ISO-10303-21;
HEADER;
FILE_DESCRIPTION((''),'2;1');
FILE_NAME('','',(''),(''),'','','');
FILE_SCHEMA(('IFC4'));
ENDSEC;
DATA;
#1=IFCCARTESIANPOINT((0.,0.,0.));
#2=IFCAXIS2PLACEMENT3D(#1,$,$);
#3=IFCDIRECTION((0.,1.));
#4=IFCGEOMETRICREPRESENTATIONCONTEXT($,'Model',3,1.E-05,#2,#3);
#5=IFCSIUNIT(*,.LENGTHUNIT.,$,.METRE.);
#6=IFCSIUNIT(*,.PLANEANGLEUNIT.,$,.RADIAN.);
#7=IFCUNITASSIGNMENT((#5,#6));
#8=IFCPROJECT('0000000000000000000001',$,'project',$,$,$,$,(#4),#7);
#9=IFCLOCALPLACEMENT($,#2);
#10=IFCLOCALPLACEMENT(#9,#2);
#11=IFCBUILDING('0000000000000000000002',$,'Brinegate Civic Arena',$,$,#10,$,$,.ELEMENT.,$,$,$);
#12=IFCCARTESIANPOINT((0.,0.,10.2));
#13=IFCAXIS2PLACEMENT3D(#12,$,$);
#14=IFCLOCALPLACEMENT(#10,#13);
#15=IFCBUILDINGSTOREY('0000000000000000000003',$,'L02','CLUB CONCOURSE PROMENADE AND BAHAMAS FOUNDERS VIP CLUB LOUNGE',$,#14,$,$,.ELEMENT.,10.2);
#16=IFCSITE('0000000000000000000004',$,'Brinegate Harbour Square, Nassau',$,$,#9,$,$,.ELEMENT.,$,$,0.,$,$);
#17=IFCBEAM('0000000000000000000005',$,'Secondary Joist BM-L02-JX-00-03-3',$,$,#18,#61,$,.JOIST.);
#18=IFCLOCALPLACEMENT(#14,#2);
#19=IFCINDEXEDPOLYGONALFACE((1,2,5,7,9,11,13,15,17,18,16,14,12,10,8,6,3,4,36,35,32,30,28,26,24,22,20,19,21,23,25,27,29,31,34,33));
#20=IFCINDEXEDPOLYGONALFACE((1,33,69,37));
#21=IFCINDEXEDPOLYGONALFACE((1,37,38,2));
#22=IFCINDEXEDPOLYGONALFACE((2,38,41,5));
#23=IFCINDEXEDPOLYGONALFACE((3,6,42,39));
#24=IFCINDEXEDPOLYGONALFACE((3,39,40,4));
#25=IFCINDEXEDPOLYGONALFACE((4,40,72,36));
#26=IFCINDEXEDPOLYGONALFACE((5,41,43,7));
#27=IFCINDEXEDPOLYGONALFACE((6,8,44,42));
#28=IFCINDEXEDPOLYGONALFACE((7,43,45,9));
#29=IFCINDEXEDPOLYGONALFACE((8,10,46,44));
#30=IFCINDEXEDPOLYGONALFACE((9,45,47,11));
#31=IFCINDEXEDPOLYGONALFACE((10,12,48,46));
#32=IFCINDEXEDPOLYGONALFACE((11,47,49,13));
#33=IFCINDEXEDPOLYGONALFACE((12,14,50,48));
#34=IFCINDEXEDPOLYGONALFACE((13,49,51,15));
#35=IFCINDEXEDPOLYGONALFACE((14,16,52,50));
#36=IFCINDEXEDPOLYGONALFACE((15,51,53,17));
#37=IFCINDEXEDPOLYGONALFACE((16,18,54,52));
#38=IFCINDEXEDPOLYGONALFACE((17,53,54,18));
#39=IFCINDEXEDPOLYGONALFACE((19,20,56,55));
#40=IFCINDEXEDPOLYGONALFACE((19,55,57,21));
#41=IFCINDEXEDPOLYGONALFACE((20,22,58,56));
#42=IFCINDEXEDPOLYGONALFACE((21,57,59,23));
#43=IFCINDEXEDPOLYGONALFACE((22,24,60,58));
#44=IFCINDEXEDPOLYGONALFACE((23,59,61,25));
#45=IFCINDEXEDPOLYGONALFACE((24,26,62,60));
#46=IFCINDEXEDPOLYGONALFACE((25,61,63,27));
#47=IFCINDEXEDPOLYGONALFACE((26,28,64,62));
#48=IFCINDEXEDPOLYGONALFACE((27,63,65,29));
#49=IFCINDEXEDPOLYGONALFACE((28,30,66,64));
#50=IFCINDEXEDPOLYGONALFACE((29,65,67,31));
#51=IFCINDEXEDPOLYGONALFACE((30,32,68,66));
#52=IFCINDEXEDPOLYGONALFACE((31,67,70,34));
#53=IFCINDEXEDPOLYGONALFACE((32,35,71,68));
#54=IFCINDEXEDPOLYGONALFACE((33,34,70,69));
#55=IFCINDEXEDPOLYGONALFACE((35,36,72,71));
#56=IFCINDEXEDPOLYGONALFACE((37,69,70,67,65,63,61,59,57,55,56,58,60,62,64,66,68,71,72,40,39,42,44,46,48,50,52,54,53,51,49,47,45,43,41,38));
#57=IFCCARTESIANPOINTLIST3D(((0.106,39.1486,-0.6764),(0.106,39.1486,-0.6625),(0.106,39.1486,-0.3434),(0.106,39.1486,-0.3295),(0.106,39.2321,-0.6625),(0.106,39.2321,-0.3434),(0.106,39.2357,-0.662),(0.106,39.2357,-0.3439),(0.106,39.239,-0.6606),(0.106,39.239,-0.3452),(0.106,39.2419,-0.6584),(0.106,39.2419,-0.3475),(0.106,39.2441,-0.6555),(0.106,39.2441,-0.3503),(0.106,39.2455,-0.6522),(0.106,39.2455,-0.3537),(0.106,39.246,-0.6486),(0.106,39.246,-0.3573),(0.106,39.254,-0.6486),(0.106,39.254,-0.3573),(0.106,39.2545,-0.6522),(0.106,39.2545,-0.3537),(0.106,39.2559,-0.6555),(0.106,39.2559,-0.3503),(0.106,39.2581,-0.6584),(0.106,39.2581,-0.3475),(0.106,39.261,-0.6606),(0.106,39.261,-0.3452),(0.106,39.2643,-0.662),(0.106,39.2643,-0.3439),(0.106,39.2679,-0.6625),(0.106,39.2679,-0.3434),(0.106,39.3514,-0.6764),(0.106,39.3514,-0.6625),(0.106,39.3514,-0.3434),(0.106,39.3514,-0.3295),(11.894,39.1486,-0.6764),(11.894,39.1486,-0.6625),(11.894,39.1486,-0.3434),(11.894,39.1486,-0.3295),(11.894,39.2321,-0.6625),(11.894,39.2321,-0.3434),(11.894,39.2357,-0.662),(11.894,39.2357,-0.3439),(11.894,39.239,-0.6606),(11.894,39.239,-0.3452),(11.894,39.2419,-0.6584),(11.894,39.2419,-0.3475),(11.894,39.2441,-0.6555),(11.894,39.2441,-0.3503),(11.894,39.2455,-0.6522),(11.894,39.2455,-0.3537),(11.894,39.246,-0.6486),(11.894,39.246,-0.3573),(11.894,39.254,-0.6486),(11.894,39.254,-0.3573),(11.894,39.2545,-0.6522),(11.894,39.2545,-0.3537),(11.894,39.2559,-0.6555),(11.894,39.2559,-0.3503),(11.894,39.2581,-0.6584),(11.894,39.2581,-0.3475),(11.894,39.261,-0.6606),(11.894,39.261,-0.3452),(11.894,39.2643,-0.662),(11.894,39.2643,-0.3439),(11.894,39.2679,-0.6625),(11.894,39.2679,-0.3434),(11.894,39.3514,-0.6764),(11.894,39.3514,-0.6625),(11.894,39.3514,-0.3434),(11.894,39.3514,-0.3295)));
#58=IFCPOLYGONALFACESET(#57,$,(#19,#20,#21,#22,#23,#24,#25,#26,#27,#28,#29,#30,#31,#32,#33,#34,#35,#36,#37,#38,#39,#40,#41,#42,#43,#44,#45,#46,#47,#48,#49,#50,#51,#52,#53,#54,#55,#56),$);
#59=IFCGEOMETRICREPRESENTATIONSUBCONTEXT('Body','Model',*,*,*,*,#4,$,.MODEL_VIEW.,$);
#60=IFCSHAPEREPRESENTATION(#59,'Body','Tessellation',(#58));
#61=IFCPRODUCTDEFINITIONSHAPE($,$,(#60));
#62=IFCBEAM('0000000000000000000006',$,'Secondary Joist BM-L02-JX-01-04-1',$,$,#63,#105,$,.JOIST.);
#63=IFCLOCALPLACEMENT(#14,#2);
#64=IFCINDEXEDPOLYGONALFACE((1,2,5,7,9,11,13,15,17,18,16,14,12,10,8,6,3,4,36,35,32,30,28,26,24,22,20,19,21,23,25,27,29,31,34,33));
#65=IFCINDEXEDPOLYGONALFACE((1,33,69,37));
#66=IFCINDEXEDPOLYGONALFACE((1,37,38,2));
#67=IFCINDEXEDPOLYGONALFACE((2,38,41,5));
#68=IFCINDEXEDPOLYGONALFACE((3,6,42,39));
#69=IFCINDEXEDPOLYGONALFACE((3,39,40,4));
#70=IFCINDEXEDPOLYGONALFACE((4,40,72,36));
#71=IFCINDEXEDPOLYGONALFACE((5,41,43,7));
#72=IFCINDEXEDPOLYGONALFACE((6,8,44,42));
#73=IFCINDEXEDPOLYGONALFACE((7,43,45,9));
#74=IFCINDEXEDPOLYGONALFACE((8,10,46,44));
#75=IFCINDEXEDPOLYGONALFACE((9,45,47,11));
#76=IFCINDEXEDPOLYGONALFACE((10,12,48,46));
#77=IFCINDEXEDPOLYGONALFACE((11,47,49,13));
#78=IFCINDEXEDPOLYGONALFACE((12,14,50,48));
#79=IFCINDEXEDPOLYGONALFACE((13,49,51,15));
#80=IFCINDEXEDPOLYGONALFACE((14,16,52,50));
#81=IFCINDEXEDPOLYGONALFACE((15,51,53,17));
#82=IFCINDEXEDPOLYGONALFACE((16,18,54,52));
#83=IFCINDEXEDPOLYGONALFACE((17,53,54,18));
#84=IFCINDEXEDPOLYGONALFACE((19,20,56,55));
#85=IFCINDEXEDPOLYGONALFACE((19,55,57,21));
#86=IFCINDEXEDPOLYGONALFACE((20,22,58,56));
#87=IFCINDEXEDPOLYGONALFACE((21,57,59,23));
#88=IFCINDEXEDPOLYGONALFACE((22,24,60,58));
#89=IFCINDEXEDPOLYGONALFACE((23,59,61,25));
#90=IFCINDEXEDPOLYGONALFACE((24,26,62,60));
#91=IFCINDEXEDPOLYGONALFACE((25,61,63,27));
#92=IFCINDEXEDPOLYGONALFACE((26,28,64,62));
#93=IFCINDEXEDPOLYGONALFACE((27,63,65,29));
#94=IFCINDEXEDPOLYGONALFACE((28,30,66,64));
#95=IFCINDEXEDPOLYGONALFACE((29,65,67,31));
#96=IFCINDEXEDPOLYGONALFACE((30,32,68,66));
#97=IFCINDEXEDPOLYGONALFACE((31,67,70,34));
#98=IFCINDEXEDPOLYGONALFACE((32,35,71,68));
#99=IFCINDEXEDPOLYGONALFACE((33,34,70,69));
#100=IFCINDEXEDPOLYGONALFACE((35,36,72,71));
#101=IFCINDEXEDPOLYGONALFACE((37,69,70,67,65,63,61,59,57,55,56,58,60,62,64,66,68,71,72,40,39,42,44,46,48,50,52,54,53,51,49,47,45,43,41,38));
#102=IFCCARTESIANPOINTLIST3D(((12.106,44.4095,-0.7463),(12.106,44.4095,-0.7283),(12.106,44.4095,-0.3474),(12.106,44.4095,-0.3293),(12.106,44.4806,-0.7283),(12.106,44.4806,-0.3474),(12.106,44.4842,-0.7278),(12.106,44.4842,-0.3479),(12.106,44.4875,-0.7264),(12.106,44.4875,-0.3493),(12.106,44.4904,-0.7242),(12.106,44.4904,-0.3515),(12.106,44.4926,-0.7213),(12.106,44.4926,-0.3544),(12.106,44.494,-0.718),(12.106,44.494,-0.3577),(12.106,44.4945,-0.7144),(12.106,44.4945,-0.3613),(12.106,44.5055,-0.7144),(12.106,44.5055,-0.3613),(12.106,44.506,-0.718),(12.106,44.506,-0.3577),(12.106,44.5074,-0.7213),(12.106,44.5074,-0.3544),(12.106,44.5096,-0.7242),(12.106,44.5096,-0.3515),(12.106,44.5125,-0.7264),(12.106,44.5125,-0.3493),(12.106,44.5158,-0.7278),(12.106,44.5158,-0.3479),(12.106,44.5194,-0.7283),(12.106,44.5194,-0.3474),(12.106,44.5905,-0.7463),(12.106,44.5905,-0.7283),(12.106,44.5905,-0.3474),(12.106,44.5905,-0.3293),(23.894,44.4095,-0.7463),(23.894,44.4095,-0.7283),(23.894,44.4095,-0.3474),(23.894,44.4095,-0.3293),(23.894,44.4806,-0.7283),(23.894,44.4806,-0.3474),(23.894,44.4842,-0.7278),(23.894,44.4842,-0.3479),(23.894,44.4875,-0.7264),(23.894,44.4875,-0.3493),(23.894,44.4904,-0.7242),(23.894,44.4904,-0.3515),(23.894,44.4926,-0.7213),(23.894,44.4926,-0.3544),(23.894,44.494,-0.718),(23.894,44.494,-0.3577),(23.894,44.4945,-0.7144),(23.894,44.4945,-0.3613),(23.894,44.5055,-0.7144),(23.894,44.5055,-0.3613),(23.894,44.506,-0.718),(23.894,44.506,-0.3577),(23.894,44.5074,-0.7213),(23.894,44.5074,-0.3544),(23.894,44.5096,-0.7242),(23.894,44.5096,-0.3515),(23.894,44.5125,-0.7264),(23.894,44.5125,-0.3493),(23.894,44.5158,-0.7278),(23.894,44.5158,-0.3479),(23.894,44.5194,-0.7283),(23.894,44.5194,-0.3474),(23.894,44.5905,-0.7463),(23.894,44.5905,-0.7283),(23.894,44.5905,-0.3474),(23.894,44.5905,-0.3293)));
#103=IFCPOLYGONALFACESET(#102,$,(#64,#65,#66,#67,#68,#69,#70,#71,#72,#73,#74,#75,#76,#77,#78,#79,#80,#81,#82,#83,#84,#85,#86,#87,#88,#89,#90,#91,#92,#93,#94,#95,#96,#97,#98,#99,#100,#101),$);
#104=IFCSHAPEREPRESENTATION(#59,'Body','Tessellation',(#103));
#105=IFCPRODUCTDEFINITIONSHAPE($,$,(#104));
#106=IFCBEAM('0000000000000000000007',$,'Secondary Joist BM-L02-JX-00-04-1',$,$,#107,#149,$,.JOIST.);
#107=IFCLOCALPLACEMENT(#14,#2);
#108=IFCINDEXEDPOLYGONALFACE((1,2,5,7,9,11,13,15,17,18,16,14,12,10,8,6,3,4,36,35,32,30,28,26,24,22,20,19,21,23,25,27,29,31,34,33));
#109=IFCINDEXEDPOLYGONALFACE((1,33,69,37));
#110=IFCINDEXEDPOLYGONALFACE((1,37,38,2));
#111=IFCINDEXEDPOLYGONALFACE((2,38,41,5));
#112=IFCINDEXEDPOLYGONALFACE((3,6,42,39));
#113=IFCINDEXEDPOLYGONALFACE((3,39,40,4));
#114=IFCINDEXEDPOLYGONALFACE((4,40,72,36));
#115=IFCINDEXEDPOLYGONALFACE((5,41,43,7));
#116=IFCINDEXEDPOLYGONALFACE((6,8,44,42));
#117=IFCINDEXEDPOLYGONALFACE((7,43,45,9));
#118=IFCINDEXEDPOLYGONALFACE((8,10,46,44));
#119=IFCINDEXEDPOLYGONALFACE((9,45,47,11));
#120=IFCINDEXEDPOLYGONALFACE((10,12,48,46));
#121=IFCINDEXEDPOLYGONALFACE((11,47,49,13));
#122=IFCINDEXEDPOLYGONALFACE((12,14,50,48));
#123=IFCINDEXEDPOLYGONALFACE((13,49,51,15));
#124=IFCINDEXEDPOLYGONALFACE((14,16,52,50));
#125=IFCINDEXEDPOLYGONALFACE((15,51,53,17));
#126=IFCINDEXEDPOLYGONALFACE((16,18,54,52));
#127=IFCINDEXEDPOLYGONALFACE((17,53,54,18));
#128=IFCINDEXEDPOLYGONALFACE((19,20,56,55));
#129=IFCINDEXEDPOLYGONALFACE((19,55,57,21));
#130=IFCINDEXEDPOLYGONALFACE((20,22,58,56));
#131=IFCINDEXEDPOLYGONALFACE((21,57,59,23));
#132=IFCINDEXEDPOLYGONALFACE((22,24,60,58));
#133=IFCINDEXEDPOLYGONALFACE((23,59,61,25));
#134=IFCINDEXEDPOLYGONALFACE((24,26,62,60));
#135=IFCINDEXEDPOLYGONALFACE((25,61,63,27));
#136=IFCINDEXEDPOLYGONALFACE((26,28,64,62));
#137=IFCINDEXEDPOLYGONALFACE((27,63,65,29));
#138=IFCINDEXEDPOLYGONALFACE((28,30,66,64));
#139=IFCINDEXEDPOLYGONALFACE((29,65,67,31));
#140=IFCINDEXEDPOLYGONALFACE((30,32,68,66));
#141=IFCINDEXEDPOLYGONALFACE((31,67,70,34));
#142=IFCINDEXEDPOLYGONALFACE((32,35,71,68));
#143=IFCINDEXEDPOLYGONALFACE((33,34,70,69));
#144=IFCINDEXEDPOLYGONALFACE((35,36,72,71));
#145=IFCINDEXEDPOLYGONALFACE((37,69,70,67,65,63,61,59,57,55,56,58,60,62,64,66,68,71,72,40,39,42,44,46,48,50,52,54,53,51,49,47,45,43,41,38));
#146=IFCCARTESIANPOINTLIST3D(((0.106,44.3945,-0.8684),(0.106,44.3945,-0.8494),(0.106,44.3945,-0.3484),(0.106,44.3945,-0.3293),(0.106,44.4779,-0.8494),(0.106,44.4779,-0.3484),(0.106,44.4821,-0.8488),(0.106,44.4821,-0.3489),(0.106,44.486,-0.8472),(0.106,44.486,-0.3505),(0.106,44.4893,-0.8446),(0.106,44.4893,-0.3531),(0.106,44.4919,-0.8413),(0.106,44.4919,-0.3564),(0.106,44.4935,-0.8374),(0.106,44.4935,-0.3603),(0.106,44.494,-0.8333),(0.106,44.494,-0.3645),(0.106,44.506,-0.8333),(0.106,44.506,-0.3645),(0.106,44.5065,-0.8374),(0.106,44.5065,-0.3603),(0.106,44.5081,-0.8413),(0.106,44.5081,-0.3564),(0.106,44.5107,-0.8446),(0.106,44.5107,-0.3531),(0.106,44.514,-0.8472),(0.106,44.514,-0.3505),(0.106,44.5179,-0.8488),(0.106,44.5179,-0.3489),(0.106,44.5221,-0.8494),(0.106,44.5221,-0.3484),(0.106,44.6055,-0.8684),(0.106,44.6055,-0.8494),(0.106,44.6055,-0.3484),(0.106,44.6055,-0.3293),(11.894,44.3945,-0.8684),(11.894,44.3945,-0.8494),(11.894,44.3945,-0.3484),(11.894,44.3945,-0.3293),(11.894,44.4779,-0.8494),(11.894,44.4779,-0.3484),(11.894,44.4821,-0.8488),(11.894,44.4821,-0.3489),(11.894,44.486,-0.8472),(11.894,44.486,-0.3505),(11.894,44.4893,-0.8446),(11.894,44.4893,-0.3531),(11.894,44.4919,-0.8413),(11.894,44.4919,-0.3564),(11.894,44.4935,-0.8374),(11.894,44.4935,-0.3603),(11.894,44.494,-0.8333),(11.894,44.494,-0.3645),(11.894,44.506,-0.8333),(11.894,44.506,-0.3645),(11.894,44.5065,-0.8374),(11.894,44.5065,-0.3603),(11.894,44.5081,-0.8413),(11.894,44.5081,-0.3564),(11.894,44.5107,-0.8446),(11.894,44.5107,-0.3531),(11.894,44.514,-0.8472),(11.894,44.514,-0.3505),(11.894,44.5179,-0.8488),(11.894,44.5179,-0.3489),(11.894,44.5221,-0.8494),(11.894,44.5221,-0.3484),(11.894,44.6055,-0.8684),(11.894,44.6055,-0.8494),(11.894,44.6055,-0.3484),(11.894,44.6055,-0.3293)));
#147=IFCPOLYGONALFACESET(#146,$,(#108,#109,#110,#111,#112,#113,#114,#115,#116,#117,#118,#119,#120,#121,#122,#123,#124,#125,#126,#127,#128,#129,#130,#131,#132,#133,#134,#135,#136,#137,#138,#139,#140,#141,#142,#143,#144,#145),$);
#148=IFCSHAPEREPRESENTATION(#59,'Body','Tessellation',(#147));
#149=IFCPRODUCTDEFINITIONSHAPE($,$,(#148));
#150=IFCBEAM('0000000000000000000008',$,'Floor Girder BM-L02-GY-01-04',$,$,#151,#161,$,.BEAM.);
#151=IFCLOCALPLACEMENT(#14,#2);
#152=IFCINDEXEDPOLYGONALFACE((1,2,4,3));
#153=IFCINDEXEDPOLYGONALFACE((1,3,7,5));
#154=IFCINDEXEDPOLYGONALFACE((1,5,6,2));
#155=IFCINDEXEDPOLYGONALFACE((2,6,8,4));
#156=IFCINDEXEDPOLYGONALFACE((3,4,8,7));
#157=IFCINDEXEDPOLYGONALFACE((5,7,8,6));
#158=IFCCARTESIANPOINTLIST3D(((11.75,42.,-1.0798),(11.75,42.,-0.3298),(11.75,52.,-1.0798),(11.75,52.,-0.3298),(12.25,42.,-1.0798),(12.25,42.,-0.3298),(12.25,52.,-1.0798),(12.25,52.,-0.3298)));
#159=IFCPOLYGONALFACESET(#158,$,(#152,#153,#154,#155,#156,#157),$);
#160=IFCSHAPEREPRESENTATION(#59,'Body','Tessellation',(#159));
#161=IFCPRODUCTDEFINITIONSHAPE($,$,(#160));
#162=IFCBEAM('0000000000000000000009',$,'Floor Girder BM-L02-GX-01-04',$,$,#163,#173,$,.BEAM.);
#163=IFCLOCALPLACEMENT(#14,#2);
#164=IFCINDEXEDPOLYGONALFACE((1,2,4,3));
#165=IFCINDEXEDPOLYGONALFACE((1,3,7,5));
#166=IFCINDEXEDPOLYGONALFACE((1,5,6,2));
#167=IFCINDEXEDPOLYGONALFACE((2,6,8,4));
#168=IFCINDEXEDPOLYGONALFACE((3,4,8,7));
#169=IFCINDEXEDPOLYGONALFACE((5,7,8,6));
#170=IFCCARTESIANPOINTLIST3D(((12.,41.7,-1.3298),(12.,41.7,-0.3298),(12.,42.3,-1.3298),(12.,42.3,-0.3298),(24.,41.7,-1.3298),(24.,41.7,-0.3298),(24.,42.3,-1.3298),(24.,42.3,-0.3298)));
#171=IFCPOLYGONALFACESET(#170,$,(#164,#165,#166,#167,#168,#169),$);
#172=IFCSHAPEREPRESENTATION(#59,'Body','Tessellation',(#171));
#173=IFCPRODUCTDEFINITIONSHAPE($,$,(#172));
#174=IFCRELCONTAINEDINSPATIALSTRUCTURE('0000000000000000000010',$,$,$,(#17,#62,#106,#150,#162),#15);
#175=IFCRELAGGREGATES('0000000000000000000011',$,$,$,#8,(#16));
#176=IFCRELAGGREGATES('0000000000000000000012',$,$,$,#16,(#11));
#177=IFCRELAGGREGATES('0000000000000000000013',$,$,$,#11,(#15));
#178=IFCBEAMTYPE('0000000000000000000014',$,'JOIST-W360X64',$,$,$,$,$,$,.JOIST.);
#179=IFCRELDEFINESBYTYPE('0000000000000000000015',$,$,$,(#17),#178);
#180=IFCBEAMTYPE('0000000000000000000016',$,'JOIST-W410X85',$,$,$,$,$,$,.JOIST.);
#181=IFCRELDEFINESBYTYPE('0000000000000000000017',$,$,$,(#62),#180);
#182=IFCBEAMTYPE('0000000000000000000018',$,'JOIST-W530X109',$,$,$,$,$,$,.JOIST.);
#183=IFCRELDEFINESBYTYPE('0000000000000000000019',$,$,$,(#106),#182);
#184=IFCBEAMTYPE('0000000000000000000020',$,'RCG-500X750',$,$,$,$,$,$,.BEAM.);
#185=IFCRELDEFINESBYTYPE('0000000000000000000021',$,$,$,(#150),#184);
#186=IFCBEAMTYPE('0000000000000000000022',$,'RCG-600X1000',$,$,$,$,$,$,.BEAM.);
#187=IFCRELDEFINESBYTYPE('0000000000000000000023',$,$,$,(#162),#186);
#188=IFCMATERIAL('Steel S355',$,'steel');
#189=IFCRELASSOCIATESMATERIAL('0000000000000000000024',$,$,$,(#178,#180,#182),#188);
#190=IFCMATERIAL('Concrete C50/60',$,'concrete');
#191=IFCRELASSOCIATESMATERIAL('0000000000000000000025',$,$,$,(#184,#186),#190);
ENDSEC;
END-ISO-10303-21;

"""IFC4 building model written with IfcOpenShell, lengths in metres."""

from ifc_helpers import new_model, si_unit, direction, frame, origin, origin_2d, place, context, subcontext, project, spatial, rectangle, i_section, extrude, material, material_profile, profile_set, type_object, element, save


model = new_model("IFC4")

# Units and contexts
model_context = context("Model", 3, precision=1e-05, world=origin(), true_north=direction((0.0, 1.0)))
body_context = subcontext(model_context, "Body", "Model", "MODEL_VIEW")
ifc_project = project(units=[si_unit("LENGTHUNIT", "METRE"), si_unit("PLANEANGLEUNIT", "RADIAN")], contexts=[model_context])

# Site, building, storey
site_placement = place(None, origin())
site = spatial("IfcSite", under=ifc_project, at=site_placement, Name="Brinegate Harbour Square, Nassau", CompositionType="ELEMENT", RefElevation=0.0)
building_placement = place(site_placement, origin())
building = spatial("IfcBuilding", under=site, at=building_placement, Name="Brinegate Civic Arena", CompositionType="ELEMENT")
storey_placement = place(building_placement, frame((0.0, 0.0, 10.2)))
storey = spatial("IfcBuildingStorey", under=building, at=storey_placement, Name="L02", Description="CLUB CONCOURSE PROMENADE AND BAHAMAS FOUNDERS VIP CLUB LOUNGE", CompositionType="ELEMENT", Elevation=10.2)

# Shared definitions
ifc_material_1 = material(Name="Concrete C50/60", Category="concrete")
ifc_material_2 = material(Name="Steel S355", Category="steel")

# Beams
ifc_material_profile_1 = material_profile(ifc_material_2, i_section(OverallWidth=0.2029, OverallDepth=0.3469, WebThickness=0.0081, FlangeThickness=0.0139, FilletRadius=0.0139, at=origin_2d()), Name="W360X64")
ifc_profile_set_1 = profile_set([ifc_material_profile_1], Name="Steel S355")
beam_type_1 = type_object("IfcBeamType", Name="JOIST-W360X64", PredefinedType="JOIST", material=ifc_profile_set_1)
beam_1_placement = place(storey_placement, frame((0.106, 39.25, -0.5029), z_axis=(1.0, 0.0, 0.0), x_axis=(0.0, 1.0, 0.0)))
element("IfcBeam", 1, at=beam_1_placement, inside=storey, type_object=beam_type_1, Name="Secondary Joist BM-L02-JX-00-03-3", PredefinedType="JOIST", context=body_context, shape_type="SweptSolid", body=[
    extrude(i_section(OverallWidth=0.2029, OverallDepth=0.3469, WebThickness=0.0081, FlangeThickness=0.0139, FilletRadius=0.0139, at=origin_2d()), origin(), (0.0, 0.0, 1.0), 11.7881),
])
ifc_material_profile_2 = material_profile(ifc_material_2, i_section(OverallWidth=0.1809, OverallDepth=0.417, WebThickness=0.011, FlangeThickness=0.0181, FilletRadius=0.0139, at=origin_2d()), Name="W410X85")
ifc_profile_set_2 = profile_set([ifc_material_profile_2], Name="Steel S355")
beam_type_2 = type_object("IfcBeamType", Name="JOIST-W410X85", PredefinedType="JOIST", material=ifc_profile_set_2)
beam_2_placement = place(storey_placement, frame((12.106, 44.5, -0.5378), z_axis=(1.0, 0.0, 0.0), x_axis=(0.0, 1.0, 0.0)))
element("IfcBeam", 2, at=beam_2_placement, inside=storey, type_object=beam_type_2, Name="Secondary Joist BM-L02-JX-01-04-1", PredefinedType="JOIST", context=body_context, shape_type="SweptSolid", body=[
    extrude(i_section(OverallWidth=0.1809, OverallDepth=0.417, WebThickness=0.011, FlangeThickness=0.0181, FilletRadius=0.0139, at=origin_2d()), origin(), (0.0, 0.0, 1.0), 11.7881),
])
ifc_material_profile_3 = material_profile(ifc_material_2, i_section(OverallWidth=0.2109, OverallDepth=0.5391, WebThickness=0.012, FlangeThickness=0.019, FilletRadius=0.0161, at=origin_2d()), Name="W530X109")
ifc_profile_set_3 = profile_set([ifc_material_profile_3], Name="Steel S355")
beam_type_3 = type_object("IfcBeamType", Name="JOIST-W530X109", PredefinedType="JOIST", material=ifc_profile_set_3)
beam_3_placement = place(storey_placement, frame((0.106, 44.5, -0.5989), z_axis=(1.0, 0.0, 0.0), x_axis=(0.0, 1.0, 0.0)))
element("IfcBeam", 3, at=beam_3_placement, inside=storey, type_object=beam_type_3, Name="Secondary Joist BM-L02-JX-00-04-1", PredefinedType="JOIST", context=body_context, shape_type="SweptSolid", body=[
    extrude(i_section(OverallWidth=0.2109, OverallDepth=0.5391, WebThickness=0.012, FlangeThickness=0.019, FilletRadius=0.0161, at=origin_2d()), origin(), (0.0, 0.0, 1.0), 11.7881),
])
ifc_material_profile_4 = material_profile(ifc_material_1, rectangle(XDim=0.5, YDim=0.75, at=origin_2d()), Name="RCB500X750")
ifc_profile_set_4 = profile_set([ifc_material_profile_4], Name="Concrete C50/60")
beam_type_4 = type_object("IfcBeamType", Name="RCG-500X750", PredefinedType="BEAM", material=ifc_profile_set_4)
beam_4_placement = place(storey_placement, frame((12.0, 42.0, -0.7048), z_axis=(0.0, 1.0, 0.0), x_axis=(-1.0, 0.0, 0.0)))
element("IfcBeam", 4, at=beam_4_placement, inside=storey, type_object=beam_type_4, Name="Floor Girder BM-L02-GY-01-04", PredefinedType="BEAM", context=body_context, shape_type="SweptSolid", body=[
    extrude(rectangle(XDim=0.5, YDim=0.75, at=origin_2d()), origin(), (0.0, 0.0, 1.0), 10.0),
])
ifc_material_profile_5 = material_profile(ifc_material_1, rectangle(XDim=0.6001, YDim=1.0, at=origin_2d()), Name="RCB600X1000")
ifc_profile_set_5 = profile_set([ifc_material_profile_5], Name="Concrete C50/60")
beam_type_5 = type_object("IfcBeamType", Name="RCG-600X1000", PredefinedType="BEAM", material=ifc_profile_set_5)
beam_5_placement = place(storey_placement, frame((12.0, 42.0, -0.8298), z_axis=(1.0, 0.0, 0.0), x_axis=(0.0, 1.0, 0.0)))
element("IfcBeam", 5, at=beam_5_placement, inside=storey, type_object=beam_type_5, Name="Floor Girder BM-L02-GX-01-04", PredefinedType="BEAM", context=body_context, shape_type="SweptSolid", body=[
    extrude(rectangle(XDim=0.6001, YDim=1.0, at=origin_2d()), origin(), (0.0, 0.0, 1.0), 12.0),
])

save(model, "model.ifc")
